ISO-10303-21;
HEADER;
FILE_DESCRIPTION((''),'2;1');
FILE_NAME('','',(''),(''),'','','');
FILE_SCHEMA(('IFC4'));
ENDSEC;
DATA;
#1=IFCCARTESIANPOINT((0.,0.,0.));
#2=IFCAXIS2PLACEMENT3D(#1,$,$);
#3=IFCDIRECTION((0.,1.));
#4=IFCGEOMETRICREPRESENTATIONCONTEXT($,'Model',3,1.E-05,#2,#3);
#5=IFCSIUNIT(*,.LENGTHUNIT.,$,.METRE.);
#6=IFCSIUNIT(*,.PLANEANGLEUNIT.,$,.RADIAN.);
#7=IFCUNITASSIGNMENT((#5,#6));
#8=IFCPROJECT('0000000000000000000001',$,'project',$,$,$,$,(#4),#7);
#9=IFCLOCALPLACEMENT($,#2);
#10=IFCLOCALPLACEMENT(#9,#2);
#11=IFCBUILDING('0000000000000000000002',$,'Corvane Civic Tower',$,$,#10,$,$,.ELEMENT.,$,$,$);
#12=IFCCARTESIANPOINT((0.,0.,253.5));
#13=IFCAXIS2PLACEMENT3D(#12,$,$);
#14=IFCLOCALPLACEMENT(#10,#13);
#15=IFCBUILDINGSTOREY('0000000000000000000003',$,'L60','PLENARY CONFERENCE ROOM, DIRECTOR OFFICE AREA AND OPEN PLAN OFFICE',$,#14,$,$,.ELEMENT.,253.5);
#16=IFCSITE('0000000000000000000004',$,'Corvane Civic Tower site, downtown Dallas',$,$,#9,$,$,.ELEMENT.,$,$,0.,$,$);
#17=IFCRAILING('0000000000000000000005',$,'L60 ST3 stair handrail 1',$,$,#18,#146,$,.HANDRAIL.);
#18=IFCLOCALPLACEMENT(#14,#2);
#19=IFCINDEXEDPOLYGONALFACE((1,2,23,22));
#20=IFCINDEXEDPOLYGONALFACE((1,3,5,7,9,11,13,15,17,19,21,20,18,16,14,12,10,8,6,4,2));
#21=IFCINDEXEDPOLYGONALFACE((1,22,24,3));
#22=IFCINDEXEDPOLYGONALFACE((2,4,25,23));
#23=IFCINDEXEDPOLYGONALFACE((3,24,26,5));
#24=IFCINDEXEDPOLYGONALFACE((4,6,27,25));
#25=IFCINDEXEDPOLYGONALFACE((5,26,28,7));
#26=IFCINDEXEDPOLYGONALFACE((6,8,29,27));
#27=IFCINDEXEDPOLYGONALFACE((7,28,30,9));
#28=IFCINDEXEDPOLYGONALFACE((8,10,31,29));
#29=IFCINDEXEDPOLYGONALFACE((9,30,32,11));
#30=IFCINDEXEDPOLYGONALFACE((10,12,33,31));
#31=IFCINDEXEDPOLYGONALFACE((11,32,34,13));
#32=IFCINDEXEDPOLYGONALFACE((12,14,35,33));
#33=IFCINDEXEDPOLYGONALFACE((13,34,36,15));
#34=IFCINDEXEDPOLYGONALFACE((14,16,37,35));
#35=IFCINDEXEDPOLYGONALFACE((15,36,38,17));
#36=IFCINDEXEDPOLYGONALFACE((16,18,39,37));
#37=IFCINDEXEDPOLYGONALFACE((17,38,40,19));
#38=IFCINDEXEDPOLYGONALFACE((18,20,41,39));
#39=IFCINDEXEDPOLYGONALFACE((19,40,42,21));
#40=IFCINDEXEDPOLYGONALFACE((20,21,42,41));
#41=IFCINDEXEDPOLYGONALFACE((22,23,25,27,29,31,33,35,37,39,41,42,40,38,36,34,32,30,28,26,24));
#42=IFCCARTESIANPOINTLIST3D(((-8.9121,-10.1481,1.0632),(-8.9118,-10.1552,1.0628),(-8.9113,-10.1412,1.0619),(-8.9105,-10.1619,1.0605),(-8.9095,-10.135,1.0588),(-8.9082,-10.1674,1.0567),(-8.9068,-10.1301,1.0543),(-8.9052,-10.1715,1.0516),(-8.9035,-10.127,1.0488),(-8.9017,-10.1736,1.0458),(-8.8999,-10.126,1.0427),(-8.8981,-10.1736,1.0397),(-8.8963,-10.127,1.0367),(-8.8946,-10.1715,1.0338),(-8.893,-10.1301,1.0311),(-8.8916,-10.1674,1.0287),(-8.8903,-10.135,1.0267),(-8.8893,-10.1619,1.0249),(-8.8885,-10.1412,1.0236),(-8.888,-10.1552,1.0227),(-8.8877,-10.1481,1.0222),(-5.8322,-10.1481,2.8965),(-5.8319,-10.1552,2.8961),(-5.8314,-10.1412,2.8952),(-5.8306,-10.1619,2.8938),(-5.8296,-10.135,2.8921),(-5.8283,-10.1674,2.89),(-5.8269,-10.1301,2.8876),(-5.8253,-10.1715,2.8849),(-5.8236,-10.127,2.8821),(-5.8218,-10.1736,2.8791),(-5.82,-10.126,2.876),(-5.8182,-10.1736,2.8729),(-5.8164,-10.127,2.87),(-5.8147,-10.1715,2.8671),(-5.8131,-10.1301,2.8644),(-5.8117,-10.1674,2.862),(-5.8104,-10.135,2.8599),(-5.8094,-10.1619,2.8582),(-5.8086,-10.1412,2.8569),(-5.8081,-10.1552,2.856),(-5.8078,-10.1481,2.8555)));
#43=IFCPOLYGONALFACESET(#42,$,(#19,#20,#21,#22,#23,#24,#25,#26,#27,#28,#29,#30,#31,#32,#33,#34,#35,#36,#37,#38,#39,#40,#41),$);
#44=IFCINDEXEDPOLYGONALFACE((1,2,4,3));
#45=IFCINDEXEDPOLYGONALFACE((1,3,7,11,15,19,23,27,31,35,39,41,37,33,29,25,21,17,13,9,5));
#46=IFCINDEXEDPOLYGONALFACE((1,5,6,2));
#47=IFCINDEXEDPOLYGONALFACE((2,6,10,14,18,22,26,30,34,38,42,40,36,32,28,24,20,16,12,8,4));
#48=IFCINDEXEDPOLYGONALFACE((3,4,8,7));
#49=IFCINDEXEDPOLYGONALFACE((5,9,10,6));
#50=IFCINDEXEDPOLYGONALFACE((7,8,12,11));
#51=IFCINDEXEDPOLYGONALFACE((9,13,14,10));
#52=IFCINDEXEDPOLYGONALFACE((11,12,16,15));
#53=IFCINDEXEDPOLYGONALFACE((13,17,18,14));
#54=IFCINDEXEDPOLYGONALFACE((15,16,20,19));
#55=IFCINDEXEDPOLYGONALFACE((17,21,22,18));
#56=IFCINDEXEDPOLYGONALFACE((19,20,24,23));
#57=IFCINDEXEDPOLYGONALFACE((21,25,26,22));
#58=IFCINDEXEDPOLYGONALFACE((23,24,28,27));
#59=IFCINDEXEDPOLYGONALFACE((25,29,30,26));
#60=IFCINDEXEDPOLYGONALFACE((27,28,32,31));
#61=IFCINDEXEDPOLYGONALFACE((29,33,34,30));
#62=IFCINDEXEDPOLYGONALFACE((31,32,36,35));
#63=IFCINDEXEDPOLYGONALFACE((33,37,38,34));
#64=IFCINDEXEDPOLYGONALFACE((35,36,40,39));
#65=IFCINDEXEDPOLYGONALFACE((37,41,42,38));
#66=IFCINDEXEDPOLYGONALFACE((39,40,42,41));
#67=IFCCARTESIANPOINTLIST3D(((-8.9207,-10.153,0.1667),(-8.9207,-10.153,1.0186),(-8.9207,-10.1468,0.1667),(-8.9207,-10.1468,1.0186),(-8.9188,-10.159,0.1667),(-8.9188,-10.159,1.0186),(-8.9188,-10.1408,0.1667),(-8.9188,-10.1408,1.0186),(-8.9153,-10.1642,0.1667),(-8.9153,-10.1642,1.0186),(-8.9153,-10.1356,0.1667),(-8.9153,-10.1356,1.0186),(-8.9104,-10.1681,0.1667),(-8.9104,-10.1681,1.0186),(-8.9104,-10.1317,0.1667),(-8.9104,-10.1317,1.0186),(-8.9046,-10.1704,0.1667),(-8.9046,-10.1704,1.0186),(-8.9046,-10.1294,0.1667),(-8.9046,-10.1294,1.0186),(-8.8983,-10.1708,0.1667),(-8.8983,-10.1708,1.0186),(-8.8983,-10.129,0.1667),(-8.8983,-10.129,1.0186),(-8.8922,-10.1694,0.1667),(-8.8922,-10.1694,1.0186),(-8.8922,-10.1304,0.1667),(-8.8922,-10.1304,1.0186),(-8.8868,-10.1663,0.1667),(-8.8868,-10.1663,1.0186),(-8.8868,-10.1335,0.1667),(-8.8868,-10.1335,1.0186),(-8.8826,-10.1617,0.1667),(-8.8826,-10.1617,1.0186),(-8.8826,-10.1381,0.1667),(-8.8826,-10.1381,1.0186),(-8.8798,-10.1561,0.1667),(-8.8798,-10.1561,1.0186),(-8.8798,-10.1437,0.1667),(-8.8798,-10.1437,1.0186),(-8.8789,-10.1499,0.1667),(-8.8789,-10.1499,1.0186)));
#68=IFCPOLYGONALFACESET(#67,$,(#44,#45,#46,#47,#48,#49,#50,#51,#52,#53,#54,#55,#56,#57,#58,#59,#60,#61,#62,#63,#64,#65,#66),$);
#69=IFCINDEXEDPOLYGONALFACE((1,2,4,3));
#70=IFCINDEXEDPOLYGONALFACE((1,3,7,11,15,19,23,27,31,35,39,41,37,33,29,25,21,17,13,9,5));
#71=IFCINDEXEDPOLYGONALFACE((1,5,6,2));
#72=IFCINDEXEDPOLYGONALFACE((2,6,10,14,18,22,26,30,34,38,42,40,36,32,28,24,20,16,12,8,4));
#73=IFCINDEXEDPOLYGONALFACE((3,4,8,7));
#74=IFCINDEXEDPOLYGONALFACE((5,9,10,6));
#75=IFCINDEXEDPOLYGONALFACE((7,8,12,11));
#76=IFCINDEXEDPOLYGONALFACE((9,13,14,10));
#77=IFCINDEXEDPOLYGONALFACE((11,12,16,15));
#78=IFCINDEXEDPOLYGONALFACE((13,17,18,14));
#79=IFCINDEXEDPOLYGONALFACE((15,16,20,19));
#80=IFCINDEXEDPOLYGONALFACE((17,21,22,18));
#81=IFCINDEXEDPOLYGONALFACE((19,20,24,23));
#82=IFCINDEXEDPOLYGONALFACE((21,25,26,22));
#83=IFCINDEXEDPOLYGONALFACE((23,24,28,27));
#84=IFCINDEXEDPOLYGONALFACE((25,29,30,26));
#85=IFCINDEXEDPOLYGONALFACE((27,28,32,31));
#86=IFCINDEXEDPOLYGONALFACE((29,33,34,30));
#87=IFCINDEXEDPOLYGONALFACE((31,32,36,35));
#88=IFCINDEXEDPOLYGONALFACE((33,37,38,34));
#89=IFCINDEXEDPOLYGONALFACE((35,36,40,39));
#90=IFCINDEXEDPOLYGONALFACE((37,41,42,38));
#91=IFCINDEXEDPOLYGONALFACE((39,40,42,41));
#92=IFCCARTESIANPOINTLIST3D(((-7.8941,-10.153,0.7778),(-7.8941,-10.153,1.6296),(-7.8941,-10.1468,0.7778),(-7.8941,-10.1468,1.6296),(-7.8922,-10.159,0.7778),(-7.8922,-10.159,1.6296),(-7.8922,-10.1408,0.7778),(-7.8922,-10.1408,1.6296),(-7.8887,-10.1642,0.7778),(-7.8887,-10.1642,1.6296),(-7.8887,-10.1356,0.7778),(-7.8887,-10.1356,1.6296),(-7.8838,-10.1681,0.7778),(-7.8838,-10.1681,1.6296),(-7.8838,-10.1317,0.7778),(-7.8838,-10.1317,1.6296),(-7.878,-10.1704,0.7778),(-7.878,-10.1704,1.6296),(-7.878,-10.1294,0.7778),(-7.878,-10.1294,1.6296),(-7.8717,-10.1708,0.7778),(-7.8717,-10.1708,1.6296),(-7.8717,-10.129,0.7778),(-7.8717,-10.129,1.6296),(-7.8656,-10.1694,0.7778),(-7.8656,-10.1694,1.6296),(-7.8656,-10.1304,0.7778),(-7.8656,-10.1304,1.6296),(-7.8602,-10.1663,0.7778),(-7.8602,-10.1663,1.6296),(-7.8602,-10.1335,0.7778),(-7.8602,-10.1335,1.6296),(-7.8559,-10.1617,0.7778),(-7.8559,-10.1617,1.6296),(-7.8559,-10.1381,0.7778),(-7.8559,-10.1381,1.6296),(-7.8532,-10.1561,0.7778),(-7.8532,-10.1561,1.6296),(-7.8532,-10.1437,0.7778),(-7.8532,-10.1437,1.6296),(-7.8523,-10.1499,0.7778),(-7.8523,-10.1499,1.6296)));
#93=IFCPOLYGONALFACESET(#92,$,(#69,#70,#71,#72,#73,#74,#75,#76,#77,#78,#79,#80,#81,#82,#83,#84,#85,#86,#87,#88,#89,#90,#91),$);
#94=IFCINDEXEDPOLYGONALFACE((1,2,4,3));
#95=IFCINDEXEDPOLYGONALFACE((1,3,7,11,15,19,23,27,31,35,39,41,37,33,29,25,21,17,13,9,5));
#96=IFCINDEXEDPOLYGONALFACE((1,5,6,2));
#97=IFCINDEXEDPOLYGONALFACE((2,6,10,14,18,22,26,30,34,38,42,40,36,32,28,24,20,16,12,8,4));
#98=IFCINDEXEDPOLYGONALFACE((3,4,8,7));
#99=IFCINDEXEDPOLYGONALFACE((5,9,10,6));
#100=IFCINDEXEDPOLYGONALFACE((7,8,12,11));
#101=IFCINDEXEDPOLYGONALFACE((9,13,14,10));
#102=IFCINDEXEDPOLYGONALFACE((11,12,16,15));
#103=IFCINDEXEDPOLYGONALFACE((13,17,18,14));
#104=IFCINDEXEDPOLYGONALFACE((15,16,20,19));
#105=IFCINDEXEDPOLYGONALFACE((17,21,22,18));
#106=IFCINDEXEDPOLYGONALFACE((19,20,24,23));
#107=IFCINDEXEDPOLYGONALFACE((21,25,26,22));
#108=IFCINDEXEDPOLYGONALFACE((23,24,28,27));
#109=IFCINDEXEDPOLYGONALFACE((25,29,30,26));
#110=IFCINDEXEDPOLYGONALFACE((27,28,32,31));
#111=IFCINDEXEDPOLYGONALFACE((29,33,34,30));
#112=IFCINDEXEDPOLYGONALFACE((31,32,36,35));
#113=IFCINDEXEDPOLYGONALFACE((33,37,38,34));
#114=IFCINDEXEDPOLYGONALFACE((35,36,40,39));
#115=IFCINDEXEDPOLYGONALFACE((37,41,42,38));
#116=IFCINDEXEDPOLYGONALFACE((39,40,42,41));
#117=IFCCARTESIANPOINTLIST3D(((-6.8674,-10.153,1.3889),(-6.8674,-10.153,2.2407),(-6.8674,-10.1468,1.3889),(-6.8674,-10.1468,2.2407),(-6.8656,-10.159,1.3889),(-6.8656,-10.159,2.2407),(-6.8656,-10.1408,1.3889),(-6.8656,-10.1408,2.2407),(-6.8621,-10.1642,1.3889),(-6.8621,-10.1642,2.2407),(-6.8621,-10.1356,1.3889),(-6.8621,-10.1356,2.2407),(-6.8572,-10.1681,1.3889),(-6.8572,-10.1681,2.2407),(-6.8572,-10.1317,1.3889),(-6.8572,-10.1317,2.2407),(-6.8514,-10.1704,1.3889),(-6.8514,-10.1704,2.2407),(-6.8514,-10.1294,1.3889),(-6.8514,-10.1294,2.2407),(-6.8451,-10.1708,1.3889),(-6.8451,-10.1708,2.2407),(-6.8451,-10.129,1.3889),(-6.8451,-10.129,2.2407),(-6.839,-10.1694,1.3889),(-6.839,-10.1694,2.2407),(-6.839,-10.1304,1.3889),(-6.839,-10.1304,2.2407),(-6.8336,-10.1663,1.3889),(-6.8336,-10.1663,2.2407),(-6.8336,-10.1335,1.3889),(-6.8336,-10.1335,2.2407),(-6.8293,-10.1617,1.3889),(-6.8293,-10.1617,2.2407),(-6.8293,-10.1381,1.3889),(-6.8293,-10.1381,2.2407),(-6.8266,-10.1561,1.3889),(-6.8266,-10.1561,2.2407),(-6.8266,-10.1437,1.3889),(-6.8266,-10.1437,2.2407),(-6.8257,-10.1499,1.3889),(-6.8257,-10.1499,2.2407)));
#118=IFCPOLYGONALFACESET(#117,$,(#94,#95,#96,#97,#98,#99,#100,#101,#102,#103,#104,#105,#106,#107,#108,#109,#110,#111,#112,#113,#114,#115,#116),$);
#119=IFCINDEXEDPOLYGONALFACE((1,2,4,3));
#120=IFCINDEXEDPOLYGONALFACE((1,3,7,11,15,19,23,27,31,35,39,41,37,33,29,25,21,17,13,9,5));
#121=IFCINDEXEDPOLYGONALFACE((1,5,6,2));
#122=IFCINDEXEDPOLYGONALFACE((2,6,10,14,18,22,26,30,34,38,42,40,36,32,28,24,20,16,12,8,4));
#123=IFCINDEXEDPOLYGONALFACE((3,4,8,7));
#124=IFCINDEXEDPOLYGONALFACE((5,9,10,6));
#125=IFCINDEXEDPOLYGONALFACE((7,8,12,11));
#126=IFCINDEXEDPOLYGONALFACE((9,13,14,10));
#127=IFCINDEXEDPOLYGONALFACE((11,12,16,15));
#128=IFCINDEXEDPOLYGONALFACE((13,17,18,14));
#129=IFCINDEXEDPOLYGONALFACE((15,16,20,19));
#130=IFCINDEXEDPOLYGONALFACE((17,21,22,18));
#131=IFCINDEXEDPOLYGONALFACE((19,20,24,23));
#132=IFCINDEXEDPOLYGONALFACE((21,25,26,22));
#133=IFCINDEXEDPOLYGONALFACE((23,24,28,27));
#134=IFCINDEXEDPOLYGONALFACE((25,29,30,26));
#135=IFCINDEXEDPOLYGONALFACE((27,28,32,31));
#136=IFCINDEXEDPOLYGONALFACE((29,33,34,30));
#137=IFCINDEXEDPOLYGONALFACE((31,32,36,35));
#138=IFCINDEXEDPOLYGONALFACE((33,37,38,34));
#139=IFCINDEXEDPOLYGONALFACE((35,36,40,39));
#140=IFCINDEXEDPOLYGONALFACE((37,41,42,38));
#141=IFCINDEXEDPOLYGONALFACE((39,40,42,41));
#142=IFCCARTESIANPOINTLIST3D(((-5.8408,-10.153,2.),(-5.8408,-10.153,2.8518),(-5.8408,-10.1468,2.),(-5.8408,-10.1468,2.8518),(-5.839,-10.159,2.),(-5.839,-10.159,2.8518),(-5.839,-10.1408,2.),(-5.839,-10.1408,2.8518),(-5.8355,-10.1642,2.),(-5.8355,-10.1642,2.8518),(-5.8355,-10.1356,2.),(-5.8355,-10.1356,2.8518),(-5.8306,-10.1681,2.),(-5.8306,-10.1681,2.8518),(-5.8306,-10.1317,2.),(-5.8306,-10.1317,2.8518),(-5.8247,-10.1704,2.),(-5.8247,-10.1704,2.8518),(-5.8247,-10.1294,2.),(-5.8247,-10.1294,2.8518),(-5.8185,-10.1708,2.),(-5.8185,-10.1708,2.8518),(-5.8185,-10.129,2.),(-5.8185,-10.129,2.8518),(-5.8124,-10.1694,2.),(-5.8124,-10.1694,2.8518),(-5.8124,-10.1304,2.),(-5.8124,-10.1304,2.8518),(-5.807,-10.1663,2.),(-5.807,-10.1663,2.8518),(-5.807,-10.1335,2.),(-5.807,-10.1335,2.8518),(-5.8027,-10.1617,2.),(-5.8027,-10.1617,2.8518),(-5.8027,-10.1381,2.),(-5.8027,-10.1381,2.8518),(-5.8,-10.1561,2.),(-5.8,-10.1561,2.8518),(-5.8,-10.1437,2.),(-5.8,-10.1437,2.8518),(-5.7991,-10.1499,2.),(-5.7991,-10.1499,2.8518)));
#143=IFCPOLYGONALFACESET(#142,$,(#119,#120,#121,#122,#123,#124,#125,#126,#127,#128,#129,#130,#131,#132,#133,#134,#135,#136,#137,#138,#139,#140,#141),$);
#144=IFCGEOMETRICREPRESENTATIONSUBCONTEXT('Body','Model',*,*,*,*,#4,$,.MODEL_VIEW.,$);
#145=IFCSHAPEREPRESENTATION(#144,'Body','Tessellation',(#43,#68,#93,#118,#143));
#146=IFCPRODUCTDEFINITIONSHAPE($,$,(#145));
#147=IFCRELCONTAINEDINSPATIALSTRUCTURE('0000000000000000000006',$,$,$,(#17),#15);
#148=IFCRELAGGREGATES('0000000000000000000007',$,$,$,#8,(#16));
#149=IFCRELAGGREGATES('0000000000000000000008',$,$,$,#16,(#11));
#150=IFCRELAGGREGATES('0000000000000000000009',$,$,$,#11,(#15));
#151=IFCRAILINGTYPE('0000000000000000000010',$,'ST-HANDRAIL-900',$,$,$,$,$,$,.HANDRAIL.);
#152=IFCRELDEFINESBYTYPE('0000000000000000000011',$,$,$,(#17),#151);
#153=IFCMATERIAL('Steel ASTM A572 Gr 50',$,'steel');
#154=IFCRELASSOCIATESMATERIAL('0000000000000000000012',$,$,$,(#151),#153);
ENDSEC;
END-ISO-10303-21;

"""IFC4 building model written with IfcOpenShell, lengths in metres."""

from ifc_helpers import new_model, si_unit, direction, frame, origin, origin_2d, place, context, subcontext, project, spatial, circle, extrude, material, type_object, element, save


model = new_model("IFC4")

# Units and contexts
model_context = context("Model", 3, precision=1e-05, world=origin(), true_north=direction((0.0, 1.0)))
body_context = subcontext(model_context, "Body", "Model", "MODEL_VIEW")
ifc_project = project(units=[si_unit("LENGTHUNIT", "METRE"), si_unit("PLANEANGLEUNIT", "RADIAN")], contexts=[model_context])

# Site, building, storey
site_placement = place(None, origin())
site = spatial("IfcSite", under=ifc_project, at=site_placement, Name="Corvane Civic Tower site, downtown Dallas", CompositionType="ELEMENT", RefElevation=0.0)
building_placement = place(site_placement, origin())
building = spatial("IfcBuilding", under=site, at=building_placement, Name="Corvane Civic Tower", CompositionType="ELEMENT")
storey_placement = place(building_placement, frame((0.0, 0.0, 253.5)))
storey = spatial("IfcBuildingStorey", under=building, at=storey_placement, Name="L60", Description="PLENARY CONFERENCE ROOM, DIRECTOR OFFICE AREA AND OPEN PLAN OFFICE", CompositionType="ELEMENT", Elevation=253.5)

# Railing
ifc_material_1 = material(Name="Steel ASTM A572 Gr 50", Category="steel")
railing_type_1 = type_object("IfcRailingType", Name="ST-HANDRAIL-900", PredefinedType="HANDRAIL", material=ifc_material_1)
railing_1_placement = place(storey_placement, frame((-8.8999, -10.1499, 0.1667)))
element("IfcRailing", 1, at=railing_1_placement, inside=storey, type_object=railing_type_1, Name="L60 ST3 stair handrail 1", PredefinedType="HANDRAIL", context=body_context, shape_type="SweptSolid", body=[
    extrude(circle(Radius=0.0239, at=origin_2d()), frame((0.0, 0.0, 0.876), z_axis=(0.859291, 0.0, 0.511487), x_axis=(0.0, 1.0, 0.0)), (0.0, 0.0, 1.0), 3.5842),
    extrude(circle(Radius=0.021, at=origin_2d()), origin(), (0.0, 0.0, 1.0), 0.8518),
    extrude(circle(Radius=0.021, at=origin_2d()), frame((1.0266, 0.0, 0.6111)), (0.0, 0.0, 1.0), 0.8518),
    extrude(circle(Radius=0.021, at=origin_2d()), frame((2.0532, 0.0, 1.2222)), (0.0, 0.0, 1.0), 0.8518),
    extrude(circle(Radius=0.021, at=origin_2d()), frame((3.0798, 0.0, 1.8333)), (0.0, 0.0, 1.0), 0.8518),
])

save(model, "model.ifc")
